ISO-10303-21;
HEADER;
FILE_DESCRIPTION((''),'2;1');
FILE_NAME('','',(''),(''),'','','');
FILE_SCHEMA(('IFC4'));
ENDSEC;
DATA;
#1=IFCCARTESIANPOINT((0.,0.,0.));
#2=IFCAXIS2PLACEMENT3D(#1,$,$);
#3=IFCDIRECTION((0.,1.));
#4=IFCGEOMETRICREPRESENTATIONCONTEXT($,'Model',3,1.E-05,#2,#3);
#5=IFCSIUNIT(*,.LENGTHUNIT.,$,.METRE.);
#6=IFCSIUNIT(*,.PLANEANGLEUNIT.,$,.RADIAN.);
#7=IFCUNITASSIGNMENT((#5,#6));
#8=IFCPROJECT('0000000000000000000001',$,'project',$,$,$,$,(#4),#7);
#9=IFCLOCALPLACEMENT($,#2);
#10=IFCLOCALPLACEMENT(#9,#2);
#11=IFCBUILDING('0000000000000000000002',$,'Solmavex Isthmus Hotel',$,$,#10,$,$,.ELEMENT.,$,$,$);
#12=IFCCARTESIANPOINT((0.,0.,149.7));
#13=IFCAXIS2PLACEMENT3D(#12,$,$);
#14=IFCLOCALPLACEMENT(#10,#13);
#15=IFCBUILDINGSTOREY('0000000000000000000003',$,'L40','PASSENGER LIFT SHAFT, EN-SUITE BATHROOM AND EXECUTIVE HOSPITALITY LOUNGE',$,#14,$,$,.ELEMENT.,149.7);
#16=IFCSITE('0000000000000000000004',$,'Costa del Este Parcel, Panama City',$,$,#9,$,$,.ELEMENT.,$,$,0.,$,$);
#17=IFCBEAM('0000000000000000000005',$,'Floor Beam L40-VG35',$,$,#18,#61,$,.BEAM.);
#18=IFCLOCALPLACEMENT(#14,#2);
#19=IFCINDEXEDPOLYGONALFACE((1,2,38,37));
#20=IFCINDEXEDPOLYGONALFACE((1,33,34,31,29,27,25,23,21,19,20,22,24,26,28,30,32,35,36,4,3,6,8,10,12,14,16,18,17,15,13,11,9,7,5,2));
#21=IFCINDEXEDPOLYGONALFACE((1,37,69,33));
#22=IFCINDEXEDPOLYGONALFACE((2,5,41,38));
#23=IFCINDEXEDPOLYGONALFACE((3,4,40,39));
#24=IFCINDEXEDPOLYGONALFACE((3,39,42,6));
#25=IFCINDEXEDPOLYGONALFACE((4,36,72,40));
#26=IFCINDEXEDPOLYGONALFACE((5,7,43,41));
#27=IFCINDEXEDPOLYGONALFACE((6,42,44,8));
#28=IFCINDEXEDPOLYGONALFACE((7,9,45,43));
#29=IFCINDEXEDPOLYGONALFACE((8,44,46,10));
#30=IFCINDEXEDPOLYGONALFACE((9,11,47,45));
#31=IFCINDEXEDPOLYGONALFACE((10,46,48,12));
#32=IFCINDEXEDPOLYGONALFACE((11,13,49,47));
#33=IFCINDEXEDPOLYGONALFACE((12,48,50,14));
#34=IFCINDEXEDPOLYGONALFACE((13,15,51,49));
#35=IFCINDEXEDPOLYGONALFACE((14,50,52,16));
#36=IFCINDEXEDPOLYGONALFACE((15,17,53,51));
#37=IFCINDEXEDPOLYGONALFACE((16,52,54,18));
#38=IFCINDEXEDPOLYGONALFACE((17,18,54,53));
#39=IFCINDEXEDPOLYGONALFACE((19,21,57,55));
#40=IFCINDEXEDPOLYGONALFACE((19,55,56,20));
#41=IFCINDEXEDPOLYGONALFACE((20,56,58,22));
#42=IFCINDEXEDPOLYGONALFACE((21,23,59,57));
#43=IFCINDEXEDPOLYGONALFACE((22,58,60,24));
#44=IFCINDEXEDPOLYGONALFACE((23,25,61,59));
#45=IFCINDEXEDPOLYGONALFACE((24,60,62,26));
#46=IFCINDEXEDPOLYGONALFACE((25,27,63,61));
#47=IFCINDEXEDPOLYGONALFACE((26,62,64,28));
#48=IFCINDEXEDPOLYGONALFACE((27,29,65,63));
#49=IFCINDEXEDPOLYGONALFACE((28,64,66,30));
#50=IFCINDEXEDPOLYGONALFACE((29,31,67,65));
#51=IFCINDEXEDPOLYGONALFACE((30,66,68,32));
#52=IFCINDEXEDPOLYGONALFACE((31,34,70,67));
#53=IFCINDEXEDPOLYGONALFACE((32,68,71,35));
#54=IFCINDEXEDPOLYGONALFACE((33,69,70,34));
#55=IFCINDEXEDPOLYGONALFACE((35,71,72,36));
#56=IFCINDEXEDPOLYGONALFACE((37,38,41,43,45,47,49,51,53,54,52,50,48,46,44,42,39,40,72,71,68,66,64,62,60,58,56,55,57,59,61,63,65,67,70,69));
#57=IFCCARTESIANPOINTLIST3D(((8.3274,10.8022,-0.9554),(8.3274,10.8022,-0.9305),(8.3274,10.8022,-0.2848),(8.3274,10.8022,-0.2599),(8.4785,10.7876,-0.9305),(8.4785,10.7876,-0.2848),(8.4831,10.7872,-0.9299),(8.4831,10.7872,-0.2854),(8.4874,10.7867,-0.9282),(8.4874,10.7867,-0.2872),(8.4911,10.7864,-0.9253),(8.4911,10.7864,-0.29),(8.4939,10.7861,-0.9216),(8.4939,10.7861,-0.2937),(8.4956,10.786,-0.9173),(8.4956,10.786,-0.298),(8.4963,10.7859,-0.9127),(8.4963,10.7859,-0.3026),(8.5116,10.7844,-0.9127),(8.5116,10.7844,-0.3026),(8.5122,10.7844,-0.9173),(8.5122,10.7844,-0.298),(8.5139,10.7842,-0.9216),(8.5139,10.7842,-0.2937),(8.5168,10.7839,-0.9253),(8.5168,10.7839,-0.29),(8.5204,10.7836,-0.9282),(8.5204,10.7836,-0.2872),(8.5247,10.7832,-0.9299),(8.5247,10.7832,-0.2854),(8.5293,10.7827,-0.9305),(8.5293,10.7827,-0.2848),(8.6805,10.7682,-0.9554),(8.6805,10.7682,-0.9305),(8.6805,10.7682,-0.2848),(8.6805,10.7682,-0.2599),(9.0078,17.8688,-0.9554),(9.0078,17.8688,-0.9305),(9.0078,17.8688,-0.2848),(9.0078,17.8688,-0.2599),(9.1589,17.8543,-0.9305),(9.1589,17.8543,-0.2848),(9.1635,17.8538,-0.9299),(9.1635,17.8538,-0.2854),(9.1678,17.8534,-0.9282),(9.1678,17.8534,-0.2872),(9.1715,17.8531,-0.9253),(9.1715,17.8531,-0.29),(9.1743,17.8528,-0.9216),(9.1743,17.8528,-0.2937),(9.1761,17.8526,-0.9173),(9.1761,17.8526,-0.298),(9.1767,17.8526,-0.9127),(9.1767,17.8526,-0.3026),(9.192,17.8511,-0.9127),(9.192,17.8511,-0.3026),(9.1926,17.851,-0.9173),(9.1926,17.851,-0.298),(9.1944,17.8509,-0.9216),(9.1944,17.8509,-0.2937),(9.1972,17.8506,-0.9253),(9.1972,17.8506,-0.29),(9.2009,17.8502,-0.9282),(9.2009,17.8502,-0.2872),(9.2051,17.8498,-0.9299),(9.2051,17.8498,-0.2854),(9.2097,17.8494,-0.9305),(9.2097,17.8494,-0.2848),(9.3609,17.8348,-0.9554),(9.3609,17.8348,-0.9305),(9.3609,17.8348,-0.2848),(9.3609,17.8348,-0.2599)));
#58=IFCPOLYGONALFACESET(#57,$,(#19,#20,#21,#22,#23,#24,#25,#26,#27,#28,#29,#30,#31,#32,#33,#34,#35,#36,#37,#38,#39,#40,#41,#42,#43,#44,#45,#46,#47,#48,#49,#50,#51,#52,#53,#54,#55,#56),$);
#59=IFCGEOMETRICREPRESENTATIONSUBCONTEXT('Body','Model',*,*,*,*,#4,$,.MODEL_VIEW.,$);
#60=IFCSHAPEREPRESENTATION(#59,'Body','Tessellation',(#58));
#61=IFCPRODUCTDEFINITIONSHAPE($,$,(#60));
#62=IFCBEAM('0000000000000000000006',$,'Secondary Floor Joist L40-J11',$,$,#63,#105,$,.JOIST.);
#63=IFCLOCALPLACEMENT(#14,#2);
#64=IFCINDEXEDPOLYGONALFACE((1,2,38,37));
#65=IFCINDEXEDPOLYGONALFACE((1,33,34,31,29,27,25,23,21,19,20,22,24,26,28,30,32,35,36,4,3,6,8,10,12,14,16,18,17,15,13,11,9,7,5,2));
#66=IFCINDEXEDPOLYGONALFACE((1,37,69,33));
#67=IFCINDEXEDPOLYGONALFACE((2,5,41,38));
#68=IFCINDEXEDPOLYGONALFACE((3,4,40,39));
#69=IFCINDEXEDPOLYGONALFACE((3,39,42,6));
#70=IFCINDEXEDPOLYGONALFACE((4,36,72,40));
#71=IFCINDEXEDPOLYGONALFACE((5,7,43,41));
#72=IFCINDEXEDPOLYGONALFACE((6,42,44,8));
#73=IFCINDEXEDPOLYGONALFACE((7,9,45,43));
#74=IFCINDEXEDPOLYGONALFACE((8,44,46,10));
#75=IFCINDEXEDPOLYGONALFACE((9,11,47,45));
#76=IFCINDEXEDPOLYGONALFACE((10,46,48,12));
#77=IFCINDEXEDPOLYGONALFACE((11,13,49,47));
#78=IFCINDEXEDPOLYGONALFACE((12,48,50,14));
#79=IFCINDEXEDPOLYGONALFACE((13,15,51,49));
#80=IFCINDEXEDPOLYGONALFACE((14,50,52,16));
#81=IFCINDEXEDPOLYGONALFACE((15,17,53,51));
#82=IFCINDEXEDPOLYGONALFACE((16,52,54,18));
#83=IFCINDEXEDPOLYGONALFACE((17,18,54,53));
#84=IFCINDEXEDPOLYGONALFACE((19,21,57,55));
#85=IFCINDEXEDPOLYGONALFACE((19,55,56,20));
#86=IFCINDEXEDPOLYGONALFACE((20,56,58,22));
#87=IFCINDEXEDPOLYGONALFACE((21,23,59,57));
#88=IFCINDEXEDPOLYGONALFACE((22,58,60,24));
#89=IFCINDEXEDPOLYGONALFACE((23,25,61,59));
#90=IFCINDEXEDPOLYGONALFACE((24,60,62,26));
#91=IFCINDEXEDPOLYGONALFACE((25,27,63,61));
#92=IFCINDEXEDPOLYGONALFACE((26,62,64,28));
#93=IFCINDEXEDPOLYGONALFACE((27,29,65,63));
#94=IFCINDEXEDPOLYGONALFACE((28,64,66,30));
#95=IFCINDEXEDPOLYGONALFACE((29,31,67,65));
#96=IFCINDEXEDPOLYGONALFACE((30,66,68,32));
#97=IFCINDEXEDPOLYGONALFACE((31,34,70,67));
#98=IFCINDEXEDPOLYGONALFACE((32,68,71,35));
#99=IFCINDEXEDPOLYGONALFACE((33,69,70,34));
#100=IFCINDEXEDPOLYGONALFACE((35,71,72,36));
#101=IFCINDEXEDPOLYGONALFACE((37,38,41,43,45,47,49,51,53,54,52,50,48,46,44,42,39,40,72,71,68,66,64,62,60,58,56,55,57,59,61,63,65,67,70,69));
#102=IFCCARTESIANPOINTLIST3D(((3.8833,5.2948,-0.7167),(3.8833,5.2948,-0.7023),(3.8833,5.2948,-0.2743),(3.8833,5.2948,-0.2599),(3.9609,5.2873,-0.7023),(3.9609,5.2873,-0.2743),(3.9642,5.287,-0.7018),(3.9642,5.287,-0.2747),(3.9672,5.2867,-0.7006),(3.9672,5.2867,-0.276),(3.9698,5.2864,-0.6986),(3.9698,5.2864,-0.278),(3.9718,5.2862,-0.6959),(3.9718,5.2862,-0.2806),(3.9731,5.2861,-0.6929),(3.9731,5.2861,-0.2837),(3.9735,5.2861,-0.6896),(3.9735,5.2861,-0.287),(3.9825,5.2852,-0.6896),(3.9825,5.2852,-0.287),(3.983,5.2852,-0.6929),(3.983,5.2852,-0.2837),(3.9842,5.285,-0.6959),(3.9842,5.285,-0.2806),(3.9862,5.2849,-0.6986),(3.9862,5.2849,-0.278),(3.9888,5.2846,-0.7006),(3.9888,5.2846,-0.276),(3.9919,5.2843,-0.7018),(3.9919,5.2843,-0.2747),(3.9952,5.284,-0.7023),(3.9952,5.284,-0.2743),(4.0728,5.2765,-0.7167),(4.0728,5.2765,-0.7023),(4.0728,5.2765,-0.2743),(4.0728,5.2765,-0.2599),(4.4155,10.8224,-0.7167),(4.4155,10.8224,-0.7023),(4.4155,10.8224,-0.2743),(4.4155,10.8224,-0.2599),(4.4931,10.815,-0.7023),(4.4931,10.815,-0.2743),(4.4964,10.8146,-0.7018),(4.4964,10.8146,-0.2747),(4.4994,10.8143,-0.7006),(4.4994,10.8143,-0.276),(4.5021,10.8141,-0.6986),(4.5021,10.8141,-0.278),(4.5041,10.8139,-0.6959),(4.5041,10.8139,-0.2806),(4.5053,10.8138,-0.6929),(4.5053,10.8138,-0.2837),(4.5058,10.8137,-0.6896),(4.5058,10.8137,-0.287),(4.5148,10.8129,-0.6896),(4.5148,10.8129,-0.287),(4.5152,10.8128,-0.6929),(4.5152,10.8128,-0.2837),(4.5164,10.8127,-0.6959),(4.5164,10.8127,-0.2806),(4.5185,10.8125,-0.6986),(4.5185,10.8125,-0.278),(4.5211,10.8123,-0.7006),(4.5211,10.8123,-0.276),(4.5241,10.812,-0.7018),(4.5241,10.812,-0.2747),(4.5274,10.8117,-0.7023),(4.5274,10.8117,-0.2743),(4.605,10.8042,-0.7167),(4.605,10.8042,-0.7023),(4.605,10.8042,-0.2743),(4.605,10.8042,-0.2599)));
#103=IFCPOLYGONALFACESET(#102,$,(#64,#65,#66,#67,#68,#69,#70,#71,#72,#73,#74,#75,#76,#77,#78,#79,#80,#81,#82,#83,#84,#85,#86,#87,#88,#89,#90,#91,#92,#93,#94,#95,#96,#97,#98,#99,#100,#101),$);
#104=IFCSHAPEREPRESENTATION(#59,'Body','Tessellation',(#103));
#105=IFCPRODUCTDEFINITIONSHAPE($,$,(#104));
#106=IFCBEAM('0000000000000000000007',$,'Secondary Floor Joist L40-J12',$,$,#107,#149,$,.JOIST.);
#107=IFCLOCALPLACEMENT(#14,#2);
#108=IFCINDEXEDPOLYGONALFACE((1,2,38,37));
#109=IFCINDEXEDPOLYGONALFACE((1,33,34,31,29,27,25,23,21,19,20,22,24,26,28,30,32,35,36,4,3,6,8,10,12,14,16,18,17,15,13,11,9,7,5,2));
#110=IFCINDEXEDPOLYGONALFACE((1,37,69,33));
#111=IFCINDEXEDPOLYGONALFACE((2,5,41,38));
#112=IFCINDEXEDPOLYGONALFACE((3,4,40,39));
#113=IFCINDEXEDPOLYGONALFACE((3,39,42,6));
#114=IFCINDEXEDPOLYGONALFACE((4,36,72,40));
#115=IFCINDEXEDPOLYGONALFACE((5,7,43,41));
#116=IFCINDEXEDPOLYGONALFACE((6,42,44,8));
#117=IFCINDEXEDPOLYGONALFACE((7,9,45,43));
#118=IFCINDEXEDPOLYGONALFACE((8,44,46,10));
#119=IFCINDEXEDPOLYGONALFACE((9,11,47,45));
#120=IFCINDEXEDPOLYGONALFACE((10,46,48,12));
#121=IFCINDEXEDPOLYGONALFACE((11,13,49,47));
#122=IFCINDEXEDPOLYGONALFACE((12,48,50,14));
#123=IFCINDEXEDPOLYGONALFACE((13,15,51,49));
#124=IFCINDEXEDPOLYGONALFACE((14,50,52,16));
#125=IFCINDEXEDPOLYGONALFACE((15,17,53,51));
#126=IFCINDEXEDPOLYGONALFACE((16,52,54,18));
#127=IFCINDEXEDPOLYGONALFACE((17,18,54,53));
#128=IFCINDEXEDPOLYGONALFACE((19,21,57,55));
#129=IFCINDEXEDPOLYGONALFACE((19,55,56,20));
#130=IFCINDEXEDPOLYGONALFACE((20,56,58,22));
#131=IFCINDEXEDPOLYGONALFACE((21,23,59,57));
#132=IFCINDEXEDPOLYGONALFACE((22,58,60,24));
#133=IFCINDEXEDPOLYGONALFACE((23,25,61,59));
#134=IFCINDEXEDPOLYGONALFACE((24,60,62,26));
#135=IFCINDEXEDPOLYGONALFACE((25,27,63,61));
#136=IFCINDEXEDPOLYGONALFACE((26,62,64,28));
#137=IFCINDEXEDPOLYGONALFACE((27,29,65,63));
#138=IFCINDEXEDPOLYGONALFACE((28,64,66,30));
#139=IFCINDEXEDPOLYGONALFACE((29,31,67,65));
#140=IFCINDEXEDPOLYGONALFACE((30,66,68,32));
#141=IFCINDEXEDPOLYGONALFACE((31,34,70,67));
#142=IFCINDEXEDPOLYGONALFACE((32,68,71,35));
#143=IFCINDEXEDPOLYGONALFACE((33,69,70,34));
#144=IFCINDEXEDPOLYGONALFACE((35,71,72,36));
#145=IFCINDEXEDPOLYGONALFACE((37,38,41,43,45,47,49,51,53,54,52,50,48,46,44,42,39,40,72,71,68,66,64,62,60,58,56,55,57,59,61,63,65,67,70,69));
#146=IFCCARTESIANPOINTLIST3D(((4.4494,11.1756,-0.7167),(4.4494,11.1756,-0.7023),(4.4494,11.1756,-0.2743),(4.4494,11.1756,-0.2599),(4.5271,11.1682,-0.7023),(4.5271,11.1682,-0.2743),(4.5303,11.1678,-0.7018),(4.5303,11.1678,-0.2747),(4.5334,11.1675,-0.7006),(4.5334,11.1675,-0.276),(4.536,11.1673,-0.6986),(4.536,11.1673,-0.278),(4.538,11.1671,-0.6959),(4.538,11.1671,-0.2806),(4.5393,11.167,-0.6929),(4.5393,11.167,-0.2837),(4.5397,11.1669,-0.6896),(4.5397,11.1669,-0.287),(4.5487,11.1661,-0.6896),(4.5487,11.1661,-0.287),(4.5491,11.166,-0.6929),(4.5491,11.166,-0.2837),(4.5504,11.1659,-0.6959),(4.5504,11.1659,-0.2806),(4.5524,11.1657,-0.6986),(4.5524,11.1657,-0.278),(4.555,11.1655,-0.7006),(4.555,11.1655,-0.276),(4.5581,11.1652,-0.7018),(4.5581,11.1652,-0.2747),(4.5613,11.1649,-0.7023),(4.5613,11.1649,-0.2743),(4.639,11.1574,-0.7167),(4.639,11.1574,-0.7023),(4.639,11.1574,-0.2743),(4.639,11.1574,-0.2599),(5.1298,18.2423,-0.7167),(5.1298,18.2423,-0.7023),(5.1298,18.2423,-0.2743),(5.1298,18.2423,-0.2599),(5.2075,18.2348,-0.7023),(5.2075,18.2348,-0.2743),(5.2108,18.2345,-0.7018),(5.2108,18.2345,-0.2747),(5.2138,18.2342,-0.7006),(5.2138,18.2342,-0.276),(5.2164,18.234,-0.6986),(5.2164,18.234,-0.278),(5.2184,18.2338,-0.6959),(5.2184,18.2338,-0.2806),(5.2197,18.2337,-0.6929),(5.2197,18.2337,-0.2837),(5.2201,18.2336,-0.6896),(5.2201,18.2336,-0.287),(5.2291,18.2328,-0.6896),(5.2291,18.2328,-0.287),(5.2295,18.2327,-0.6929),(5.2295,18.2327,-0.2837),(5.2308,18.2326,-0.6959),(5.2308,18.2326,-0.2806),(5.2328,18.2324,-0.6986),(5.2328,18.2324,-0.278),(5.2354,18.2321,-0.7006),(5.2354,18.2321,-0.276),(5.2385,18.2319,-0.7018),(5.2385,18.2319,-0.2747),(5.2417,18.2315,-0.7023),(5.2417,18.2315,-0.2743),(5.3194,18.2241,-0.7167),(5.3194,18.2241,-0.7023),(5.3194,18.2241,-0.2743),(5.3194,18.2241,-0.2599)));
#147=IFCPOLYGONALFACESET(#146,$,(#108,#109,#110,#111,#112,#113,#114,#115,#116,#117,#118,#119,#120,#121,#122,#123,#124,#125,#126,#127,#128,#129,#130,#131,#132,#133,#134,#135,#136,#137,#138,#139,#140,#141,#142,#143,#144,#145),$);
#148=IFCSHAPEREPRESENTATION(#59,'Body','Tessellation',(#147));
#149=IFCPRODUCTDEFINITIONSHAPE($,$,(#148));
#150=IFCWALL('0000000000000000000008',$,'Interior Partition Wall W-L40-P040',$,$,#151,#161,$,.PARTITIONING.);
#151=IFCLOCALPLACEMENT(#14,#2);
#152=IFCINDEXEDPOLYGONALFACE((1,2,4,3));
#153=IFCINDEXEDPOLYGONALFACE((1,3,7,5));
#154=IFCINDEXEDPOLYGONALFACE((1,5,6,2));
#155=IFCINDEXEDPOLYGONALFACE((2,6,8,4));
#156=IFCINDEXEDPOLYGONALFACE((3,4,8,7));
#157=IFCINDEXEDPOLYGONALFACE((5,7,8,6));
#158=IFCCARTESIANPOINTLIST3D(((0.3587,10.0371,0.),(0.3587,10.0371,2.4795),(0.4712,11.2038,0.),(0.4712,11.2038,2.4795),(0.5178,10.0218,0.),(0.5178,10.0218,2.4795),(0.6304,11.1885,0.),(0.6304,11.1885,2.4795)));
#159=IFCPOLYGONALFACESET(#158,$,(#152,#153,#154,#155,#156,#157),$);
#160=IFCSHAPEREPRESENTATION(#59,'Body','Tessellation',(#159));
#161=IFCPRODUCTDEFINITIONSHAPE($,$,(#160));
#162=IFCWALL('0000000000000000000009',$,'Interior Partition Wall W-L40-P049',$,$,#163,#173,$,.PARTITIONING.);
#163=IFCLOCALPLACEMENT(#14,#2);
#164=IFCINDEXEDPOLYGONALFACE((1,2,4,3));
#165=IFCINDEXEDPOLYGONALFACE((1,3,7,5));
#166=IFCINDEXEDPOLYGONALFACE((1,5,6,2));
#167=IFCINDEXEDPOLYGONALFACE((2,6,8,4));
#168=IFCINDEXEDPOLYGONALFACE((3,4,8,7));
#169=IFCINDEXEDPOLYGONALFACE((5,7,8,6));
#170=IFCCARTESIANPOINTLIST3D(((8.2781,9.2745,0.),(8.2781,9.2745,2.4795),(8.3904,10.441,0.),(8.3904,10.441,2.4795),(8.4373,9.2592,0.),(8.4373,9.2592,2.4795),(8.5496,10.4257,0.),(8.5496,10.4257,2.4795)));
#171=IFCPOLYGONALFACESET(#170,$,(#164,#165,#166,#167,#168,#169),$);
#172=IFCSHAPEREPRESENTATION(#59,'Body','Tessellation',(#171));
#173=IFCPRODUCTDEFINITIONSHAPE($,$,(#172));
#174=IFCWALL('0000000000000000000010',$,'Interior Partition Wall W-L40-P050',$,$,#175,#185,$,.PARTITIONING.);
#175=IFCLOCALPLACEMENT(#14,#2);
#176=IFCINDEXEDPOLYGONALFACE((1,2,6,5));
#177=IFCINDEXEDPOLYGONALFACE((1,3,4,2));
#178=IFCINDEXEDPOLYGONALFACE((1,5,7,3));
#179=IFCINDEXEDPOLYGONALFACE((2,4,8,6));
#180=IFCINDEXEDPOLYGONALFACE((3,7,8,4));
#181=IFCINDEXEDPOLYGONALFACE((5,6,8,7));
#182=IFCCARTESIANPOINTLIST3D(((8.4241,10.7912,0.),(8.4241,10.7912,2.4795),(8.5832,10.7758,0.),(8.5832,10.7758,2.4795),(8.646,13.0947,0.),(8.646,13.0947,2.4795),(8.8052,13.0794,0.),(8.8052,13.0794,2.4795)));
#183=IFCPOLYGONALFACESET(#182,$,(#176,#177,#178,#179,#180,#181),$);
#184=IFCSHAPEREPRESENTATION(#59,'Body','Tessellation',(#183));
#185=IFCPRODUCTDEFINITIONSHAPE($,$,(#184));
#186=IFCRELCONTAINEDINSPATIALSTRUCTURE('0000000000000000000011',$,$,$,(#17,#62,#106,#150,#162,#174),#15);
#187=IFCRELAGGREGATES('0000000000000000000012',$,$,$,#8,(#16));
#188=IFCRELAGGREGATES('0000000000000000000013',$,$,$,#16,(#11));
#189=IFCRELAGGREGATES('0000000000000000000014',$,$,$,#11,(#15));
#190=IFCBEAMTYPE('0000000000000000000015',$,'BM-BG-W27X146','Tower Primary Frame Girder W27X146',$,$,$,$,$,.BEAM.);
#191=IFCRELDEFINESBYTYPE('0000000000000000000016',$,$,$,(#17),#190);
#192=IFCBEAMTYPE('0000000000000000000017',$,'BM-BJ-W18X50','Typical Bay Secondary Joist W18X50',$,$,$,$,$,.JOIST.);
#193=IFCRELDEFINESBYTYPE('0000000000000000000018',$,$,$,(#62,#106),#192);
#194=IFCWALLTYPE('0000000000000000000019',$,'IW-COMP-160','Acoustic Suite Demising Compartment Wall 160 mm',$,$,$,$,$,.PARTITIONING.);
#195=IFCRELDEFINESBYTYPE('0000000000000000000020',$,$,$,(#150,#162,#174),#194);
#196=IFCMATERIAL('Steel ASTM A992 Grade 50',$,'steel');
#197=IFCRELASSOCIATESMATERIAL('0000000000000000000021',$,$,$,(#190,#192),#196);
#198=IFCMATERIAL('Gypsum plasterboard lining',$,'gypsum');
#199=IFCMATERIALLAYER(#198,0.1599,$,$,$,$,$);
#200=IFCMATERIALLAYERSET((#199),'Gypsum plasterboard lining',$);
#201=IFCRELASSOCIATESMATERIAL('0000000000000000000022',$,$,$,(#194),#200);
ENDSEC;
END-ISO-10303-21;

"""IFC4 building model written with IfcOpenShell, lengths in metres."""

from ifc_helpers import new_model, si_unit, direction, frame, frame_2d, origin, origin_2d, place, context, subcontext, project, spatial, rectangle, i_section, extrude, material, layer, layer_set, material_profile, profile_set, type_object, element, save


model = new_model("IFC4")

# Units and contexts
model_context = context("Model", 3, precision=1e-05, world=origin(), true_north=direction((0.0, 1.0)))
body_context = subcontext(model_context, "Body", "Model", "MODEL_VIEW")
ifc_project = project(units=[si_unit("LENGTHUNIT", "METRE"), si_unit("PLANEANGLEUNIT", "RADIAN")], contexts=[model_context])

# Site, building, storey
site_placement = place(None, origin())
site = spatial("IfcSite", under=ifc_project, at=site_placement, Name="Costa del Este Parcel, Panama City", CompositionType="ELEMENT", RefElevation=0.0)
building_placement = place(site_placement, origin())
building = spatial("IfcBuilding", under=site, at=building_placement, Name="Solmavex Isthmus Hotel", CompositionType="ELEMENT")
storey_placement = place(building_placement, frame((0.0, 0.0, 149.7)))
storey = spatial("IfcBuildingStorey", under=building, at=storey_placement, Name="L40", Description="PASSENGER LIFT SHAFT, EN-SUITE BATHROOM AND EXECUTIVE HOSPITALITY LOUNGE", CompositionType="ELEMENT", Elevation=149.7)

# Beams
ifc_material_1 = material(Name="Steel ASTM A992 Grade 50", Category="steel")
ifc_material_profile_1 = material_profile(ifc_material_1, i_section(OverallWidth=0.3547, OverallDepth=0.6956, WebThickness=0.0154, FlangeThickness=0.0249, FilletRadius=0.0178, at=origin_2d()), Name="W27X146")
ifc_profile_set_1 = profile_set([ifc_material_profile_1], Name="Steel ASTM A992 Grade 50")
beam_type_1 = type_object("IfcBeamType", Name="BM-BG-W27X146", Description="Tower Primary Frame Girder W27X146", PredefinedType="BEAM", material=ifc_profile_set_1)
beam_1_placement = place(storey_placement, frame((8.5039, 10.7852, -0.6077), z_axis=(0.095843, 0.995396, 0.0), x_axis=(-0.995396, 0.095843, 0.0)))
element("IfcBeam", 1, at=beam_1_placement, inside=storey, type_object=beam_type_1, Name="Floor Beam L40-VG35", PredefinedType="BEAM", context=body_context, shape_type="SweptSolid", body=[
    extrude(i_section(OverallWidth=0.3547, OverallDepth=0.6956, WebThickness=0.0154, FlangeThickness=0.0249, FilletRadius=0.0178, at=origin_2d()), origin(), (0.0, 0.0, 1.0), 7.0994),
])
ifc_material_profile_2 = material_profile(ifc_material_1, i_section(OverallWidth=0.1904, OverallDepth=0.4568, WebThickness=0.009, FlangeThickness=0.0144, FilletRadius=0.0127, at=origin_2d()), Name="W18X50")
ifc_profile_set_2 = profile_set([ifc_material_profile_2], Name="Steel ASTM A992 Grade 50")
beam_type_2 = type_object("IfcBeamType", Name="BM-BJ-W18X50", Description="Typical Bay Secondary Joist W18X50", PredefinedType="JOIST", material=ifc_profile_set_2)
beam_2_placement = place(storey_placement, frame((3.978, 5.2856, -0.4883), z_axis=(0.095842, 0.995397, 0.0), x_axis=(-0.995397, 0.095842, 0.0)))
element("IfcBeam", 2, at=beam_2_placement, inside=storey, type_object=beam_type_2, Name="Secondary Floor Joist L40-J11", PredefinedType="JOIST", context=body_context, shape_type="SweptSolid", body=[
    extrude(i_section(OverallWidth=0.1904, OverallDepth=0.4568, WebThickness=0.009, FlangeThickness=0.0144, FilletRadius=0.0127, at=origin_2d()), origin(), (0.0, 0.0, 1.0), 5.5532),
])
beam_3_placement = place(storey_placement, frame((4.5442, 11.1665, -0.4883), z_axis=(0.095843, 0.995396, 0.0), x_axis=(-0.995396, 0.095843, 0.0)))
element("IfcBeam", 3, at=beam_3_placement, inside=storey, type_object=beam_type_2, Name="Secondary Floor Joist L40-J12", PredefinedType="JOIST", context=body_context, shape_type="SweptSolid", body=[
    extrude(i_section(OverallWidth=0.1904, OverallDepth=0.4568, WebThickness=0.009, FlangeThickness=0.0144, FilletRadius=0.0127, at=origin_2d()), origin(), (0.0, 0.0, 1.0), 7.0994),
])

# Walls
ifc_material_2 = material(Name="Gypsum plasterboard lining", Category="gypsum")
ifc_layer_1 = layer(ifc_material_2, 0.1599)
ifc_layer_set_1 = layer_set([ifc_layer_1], Name="Gypsum plasterboard lining")
wall_type_1 = type_object("IfcWallType", Name="IW-COMP-160", Description="Acoustic Suite Demising Compartment Wall 160 mm", PredefinedType="PARTITIONING", material=ifc_layer_set_1)
wall_1_placement = place(storey_placement, frame((0.5508, 11.196, 0.0), z_axis=(0.0, 0.0, 1.0), x_axis=(-0.096018, -0.99538, 0.0)))
element("IfcWall", 4, at=wall_1_placement, inside=storey, type_object=wall_type_1, Name="Interior Partition Wall W-L40-P040", PredefinedType="PARTITIONING", context=body_context, shape_type="SweptSolid", body=[
    extrude(rectangle(XDim=1.1721, YDim=0.1599, at=frame_2d((0.5859, 0.0))), origin(), (0.0, 0.0, 1.0), 2.4795),
])
wall_2_placement = place(storey_placement, frame((8.47, 10.4333, 0.0), z_axis=(0.0, 0.0, 1.0), x_axis=(-0.095831, -0.995398, 0.0)))
element("IfcWall", 5, at=wall_2_placement, inside=storey, type_object=wall_type_1, Name="Interior Partition Wall W-L40-P049", PredefinedType="PARTITIONING", context=body_context, shape_type="SweptSolid", body=[
    extrude(rectangle(XDim=1.1719, YDim=0.1599, at=frame_2d((0.5859, 0.0))), origin(), (0.0, 0.0, 1.0), 2.4795),
])
wall_3_placement = place(storey_placement, frame((8.7256, 13.0872, 0.0), z_axis=(0.0, 0.0, 1.0), x_axis=(-0.095899, -0.995391, 0.0)))
element("IfcWall", 6, at=wall_3_placement, inside=storey, type_object=wall_type_1, Name="Interior Partition Wall W-L40-P050", PredefinedType="PARTITIONING", context=body_context, shape_type="SweptSolid", body=[
    extrude(rectangle(XDim=2.3142, YDim=0.1599, at=frame_2d((1.1572, 0.0))), origin(), (0.0, 0.0, 1.0), 2.4795),
])

save(model, "model.ifc")
